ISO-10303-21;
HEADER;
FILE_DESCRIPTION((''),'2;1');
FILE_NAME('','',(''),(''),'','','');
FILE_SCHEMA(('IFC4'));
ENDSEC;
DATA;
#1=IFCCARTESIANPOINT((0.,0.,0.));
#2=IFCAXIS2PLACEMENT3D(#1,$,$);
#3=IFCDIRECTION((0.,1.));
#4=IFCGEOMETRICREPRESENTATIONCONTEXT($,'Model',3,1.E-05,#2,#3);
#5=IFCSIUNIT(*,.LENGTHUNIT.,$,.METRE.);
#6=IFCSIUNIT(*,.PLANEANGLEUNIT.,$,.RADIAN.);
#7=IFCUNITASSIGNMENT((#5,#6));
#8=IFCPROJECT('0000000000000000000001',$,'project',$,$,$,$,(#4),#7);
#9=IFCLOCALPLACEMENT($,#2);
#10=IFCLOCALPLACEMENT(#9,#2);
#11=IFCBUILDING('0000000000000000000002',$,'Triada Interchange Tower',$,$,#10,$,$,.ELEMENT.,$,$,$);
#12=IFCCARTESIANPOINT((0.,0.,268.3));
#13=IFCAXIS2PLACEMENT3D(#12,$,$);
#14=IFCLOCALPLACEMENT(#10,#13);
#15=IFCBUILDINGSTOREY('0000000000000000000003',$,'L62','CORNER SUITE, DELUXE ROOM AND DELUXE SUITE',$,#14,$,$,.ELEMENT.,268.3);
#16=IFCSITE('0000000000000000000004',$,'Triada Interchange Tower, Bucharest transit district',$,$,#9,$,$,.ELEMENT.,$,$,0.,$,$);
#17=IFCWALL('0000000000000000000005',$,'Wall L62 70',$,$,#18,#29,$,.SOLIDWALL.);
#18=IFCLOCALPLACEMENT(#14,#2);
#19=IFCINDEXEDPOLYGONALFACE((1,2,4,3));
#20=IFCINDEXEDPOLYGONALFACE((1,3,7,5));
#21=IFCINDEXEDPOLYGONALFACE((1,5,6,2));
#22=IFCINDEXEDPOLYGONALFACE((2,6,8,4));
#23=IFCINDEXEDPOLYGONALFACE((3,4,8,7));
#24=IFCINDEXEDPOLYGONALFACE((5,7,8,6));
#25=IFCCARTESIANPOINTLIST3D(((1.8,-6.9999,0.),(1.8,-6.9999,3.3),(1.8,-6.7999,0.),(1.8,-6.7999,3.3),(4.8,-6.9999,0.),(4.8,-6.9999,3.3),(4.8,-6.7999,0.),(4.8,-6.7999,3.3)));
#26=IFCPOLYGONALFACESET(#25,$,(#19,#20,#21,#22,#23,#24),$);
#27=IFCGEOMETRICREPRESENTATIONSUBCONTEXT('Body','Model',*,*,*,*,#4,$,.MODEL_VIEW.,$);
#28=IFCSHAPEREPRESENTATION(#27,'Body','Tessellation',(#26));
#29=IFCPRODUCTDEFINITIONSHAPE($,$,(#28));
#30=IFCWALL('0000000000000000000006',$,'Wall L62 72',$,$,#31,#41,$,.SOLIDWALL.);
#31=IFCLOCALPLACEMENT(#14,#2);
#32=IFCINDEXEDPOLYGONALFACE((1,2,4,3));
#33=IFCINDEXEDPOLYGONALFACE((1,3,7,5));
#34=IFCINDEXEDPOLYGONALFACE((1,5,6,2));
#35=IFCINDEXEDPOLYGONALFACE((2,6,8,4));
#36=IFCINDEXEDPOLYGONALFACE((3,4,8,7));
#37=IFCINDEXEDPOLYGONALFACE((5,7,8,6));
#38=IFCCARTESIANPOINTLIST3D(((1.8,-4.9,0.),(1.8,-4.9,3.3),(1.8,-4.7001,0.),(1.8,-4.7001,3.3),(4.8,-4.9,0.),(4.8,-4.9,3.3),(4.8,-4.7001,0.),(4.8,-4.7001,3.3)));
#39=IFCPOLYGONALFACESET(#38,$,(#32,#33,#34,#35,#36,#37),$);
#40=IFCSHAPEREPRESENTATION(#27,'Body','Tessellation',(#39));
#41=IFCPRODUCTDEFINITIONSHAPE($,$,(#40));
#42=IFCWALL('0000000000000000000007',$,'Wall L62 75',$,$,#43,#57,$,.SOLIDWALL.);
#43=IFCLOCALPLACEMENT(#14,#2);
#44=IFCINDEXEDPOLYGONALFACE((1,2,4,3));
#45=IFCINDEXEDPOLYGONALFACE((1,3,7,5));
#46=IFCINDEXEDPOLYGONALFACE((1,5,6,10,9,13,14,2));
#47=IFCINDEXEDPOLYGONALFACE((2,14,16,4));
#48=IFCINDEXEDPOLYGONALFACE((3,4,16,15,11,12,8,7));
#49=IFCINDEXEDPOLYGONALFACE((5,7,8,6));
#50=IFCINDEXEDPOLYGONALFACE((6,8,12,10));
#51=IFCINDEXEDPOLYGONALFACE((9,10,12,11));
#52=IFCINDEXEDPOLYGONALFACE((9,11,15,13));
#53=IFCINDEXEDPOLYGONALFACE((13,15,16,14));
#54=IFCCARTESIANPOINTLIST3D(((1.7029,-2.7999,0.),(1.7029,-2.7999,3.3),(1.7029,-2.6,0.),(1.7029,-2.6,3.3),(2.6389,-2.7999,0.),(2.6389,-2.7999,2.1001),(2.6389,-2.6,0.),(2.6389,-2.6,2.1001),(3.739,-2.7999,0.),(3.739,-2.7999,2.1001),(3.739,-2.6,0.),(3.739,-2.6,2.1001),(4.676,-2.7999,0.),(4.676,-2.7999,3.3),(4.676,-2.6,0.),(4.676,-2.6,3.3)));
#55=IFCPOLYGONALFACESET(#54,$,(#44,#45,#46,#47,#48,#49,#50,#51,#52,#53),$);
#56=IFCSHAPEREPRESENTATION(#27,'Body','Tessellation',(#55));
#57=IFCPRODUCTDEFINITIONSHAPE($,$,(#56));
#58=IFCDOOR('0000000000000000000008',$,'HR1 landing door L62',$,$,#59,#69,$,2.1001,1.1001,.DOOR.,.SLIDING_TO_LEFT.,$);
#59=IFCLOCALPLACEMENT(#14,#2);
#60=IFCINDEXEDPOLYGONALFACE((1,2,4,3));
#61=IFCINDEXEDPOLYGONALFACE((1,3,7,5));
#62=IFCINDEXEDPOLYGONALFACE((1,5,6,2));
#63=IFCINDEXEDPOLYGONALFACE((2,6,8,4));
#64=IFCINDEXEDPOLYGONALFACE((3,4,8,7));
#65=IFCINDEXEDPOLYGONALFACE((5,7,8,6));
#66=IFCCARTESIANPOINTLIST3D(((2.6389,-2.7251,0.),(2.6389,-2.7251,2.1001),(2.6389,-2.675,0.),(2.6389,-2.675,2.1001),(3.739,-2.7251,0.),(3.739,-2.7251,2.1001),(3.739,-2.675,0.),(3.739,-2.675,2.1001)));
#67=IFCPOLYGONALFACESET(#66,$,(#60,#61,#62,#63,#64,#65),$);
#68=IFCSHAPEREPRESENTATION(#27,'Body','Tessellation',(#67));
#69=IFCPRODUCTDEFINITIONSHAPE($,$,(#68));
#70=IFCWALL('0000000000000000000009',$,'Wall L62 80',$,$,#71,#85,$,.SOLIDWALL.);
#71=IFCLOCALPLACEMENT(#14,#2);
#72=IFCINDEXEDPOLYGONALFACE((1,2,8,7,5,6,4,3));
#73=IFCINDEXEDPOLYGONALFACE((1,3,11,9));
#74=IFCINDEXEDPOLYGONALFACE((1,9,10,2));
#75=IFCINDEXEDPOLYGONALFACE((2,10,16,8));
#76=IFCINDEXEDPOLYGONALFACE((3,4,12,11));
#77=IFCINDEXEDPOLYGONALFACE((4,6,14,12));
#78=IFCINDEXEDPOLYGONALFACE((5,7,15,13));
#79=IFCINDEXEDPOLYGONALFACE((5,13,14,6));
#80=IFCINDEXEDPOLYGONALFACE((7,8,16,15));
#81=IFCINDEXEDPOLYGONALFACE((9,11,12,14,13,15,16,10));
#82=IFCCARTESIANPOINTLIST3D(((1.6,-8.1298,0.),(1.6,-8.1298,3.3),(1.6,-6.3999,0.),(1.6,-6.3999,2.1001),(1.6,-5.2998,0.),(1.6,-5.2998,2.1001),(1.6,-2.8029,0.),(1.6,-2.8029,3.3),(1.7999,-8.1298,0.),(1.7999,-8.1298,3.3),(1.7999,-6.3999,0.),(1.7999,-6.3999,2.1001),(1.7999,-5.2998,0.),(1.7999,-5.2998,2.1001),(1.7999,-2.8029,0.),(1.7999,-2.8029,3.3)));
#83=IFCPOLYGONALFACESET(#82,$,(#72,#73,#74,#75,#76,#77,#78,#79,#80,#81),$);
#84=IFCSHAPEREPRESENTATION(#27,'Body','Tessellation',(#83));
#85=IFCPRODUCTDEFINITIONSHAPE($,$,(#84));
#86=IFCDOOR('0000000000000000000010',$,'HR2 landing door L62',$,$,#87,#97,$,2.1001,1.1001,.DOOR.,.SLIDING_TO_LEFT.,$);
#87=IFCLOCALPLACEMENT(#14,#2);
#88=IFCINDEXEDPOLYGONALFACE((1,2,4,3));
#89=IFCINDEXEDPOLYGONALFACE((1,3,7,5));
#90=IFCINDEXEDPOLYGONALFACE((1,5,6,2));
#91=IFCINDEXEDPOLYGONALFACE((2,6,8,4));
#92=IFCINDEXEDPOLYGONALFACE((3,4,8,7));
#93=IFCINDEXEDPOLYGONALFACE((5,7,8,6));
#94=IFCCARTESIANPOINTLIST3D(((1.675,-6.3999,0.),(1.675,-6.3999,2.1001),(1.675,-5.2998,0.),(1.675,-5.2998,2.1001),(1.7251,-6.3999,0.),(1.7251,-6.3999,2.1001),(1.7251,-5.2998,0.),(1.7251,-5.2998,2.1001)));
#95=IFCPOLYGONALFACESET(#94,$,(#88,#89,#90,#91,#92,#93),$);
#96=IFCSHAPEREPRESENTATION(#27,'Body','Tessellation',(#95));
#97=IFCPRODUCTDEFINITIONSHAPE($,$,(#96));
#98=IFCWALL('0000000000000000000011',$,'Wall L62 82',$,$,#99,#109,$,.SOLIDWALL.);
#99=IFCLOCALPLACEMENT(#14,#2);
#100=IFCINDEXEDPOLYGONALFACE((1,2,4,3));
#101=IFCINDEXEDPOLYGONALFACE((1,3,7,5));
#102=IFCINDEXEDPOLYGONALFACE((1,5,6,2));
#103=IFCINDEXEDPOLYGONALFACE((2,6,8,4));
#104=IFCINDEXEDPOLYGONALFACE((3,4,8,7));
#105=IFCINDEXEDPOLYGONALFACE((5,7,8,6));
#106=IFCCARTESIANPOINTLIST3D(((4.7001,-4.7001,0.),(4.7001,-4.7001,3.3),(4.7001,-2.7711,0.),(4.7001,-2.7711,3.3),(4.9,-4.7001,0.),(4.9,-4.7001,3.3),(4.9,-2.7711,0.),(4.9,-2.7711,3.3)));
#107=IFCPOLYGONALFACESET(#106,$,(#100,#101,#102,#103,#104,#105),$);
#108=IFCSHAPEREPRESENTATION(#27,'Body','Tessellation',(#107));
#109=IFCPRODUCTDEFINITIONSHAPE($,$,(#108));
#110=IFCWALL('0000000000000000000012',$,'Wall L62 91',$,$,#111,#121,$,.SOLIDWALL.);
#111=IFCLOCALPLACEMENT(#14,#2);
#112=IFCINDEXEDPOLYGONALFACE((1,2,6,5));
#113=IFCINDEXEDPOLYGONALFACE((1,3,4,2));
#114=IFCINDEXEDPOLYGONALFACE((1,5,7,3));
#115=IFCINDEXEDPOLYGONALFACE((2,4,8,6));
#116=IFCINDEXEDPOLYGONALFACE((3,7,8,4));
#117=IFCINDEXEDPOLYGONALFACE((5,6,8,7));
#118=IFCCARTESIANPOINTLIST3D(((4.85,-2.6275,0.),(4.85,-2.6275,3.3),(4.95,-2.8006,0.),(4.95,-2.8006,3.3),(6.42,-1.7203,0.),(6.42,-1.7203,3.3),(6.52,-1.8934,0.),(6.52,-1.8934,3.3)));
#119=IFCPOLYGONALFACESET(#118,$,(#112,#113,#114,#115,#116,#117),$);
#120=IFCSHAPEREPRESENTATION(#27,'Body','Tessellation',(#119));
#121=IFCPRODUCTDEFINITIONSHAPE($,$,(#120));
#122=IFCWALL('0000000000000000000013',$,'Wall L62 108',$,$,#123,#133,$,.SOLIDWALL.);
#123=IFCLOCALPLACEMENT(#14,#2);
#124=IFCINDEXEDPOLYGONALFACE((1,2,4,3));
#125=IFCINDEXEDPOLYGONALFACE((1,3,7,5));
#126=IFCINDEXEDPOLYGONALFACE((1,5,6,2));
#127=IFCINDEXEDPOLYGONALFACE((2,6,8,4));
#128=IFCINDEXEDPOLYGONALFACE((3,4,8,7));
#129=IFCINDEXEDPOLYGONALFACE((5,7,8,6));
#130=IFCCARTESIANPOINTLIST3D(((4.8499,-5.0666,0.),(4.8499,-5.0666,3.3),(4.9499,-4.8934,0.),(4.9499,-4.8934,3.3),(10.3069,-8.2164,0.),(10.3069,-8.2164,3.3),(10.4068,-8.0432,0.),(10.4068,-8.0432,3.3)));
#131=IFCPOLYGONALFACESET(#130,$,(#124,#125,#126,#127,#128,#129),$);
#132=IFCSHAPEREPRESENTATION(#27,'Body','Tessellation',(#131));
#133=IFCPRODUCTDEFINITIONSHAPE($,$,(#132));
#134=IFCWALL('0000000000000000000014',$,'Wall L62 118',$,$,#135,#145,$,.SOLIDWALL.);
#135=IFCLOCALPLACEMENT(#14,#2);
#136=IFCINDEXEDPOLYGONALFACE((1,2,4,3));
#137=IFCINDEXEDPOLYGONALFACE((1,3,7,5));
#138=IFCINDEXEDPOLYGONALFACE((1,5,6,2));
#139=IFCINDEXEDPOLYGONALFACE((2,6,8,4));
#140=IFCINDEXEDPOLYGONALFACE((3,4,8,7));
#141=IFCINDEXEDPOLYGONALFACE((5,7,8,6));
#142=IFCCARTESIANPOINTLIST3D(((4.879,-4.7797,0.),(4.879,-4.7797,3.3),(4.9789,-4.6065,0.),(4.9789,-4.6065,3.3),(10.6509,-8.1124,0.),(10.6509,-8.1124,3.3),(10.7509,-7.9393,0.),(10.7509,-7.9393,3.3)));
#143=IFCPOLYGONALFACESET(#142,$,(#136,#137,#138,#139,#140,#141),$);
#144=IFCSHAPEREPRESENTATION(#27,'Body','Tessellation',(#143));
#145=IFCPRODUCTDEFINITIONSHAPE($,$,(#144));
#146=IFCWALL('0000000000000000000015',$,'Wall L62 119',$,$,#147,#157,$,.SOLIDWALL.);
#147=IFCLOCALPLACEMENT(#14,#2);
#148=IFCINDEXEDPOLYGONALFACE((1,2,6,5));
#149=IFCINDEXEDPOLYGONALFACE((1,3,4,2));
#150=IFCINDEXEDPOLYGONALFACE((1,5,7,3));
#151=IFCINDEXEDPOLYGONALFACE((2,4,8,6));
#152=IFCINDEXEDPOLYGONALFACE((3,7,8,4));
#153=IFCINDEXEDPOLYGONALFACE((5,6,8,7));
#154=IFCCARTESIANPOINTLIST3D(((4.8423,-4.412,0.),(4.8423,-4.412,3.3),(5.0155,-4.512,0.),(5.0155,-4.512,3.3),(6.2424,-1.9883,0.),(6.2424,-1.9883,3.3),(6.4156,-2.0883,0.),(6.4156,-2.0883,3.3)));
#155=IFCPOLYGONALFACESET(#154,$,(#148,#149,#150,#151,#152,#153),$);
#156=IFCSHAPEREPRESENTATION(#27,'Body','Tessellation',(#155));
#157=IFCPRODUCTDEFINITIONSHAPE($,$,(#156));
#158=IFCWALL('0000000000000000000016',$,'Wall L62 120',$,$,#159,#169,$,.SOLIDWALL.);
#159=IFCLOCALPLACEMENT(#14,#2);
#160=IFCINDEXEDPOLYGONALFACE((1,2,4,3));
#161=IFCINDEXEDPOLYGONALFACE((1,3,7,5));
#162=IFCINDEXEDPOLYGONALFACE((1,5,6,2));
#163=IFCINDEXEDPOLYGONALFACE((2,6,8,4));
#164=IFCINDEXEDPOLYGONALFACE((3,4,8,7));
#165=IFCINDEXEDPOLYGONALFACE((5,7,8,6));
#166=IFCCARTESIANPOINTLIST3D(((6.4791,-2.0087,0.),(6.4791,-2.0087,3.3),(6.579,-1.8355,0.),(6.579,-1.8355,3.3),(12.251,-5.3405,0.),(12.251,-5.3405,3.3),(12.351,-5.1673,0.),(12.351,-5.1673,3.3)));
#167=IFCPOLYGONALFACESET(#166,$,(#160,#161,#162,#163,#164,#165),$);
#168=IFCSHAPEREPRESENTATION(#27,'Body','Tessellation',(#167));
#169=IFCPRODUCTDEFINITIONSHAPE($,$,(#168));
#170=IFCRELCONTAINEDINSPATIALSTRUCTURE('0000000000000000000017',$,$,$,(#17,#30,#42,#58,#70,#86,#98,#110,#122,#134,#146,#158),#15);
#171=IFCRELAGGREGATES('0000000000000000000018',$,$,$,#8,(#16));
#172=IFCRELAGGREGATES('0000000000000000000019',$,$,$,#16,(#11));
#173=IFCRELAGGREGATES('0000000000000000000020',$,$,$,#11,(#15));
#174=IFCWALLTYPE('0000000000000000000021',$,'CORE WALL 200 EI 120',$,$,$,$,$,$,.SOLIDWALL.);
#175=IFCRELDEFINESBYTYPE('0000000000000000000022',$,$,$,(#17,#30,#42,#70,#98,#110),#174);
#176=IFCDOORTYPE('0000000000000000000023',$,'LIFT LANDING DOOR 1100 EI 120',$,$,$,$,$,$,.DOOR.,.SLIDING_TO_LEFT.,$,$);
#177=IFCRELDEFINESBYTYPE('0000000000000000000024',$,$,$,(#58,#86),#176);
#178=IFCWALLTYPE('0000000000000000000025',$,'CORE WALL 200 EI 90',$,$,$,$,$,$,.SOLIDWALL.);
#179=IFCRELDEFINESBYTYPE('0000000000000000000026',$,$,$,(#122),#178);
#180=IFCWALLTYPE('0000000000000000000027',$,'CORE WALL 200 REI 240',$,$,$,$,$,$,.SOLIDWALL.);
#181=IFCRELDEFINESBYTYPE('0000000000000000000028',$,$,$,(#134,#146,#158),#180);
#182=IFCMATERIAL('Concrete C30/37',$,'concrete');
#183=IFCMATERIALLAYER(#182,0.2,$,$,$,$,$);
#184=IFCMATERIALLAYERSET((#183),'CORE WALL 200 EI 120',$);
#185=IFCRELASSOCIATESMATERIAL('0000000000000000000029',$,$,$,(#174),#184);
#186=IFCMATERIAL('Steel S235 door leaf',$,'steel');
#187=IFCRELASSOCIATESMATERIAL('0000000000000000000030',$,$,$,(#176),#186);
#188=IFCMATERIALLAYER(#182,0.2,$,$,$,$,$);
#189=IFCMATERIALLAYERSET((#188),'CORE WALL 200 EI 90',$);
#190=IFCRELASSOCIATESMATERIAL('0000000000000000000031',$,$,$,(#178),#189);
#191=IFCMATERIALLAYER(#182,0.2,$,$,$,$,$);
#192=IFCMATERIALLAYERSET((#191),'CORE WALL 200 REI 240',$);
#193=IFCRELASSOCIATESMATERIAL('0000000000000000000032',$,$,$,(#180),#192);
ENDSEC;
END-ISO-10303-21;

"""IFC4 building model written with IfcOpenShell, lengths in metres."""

from ifc_helpers import new_model, si_unit, direction, frame, frame_2d, origin, place, context, subcontext, project, spatial, rectangle, extrude, material, layer, layer_set, type_object, element, fill, save


model = new_model("IFC4")

# Units and contexts
model_context = context("Model", 3, precision=1e-05, world=origin(), true_north=direction((0.0, 1.0)))
body_context = subcontext(model_context, "Body", "Model", "MODEL_VIEW")
ifc_project = project(units=[si_unit("LENGTHUNIT", "METRE"), si_unit("PLANEANGLEUNIT", "RADIAN")], contexts=[model_context])

# Site, building, storey
site_placement = place(None, origin())
site = spatial("IfcSite", under=ifc_project, at=site_placement, Name="Triada Interchange Tower, Bucharest transit district", CompositionType="ELEMENT", RefElevation=0.0)
building_placement = place(site_placement, origin())
building = spatial("IfcBuilding", under=site, at=building_placement, Name="Triada Interchange Tower", CompositionType="ELEMENT")
storey_placement = place(building_placement, frame((0.0, 0.0, 268.3)))
storey = spatial("IfcBuildingStorey", under=building, at=storey_placement, Name="L62", Description="CORNER SUITE, DELUXE ROOM AND DELUXE SUITE", CompositionType="ELEMENT", Elevation=268.3)

# Walls
ifc_material_1 = material(Name="Concrete C30/37", Category="concrete")
ifc_layer_1 = layer(ifc_material_1, 0.2)
ifc_layer_set_1 = layer_set([ifc_layer_1], Name="CORE WALL 200 EI 120")
wall_type_1 = type_object("IfcWallType", Name="CORE WALL 200 EI 120", PredefinedType="SOLIDWALL", material=ifc_layer_set_1)
for number, where, z_axis, x_axis, name in (
    (1, (1.8, -6.8999, 0.0), (0.0, 0.0, 1.0), (1.0, 0.0, 0.0), "Wall L62 70"),
    (2, (1.8, -4.8, 0.0), (0.0, 0.0, 1.0), (1.0, 0.0, 0.0), "Wall L62 72"),
):
    element("IfcWall", number, at=place(storey_placement, frame(where, z_axis=z_axis, x_axis=x_axis)), inside=storey, type_object=wall_type_1, Name=name, PredefinedType="SOLIDWALL", context=body_context, shape_type="SweptSolid", body=[
        extrude(rectangle(XDim=3.0, YDim=0.2, at=frame_2d((1.5, 0.0))), origin(), (0.0, 0.0, 1.0), 3.3),
    ])

# Walls, openings, doors
wall_1_placement = place(storey_placement, frame((1.7029, -2.7, 0.0), z_axis=(0.0, 0.0, 1.0), x_axis=(1.0, 0.0, 0.0)))
wall_1 = element("IfcWall", 3, at=wall_1_placement, inside=storey, type_object=wall_type_1, Name="Wall L62 75", PredefinedType="SOLIDWALL", context=body_context, shape_type="SweptSolid", body=[
    extrude(rectangle(XDim=2.9731, YDim=0.2, at=frame_2d((1.4866, 0.0))), origin(), (0.0, 0.0, 1.0), 3.3),
])
opening_1_placement = place(wall_1_placement, frame((0.936, 0.0, 0.0)))
opening_1 = element("IfcOpeningElement", 4, at=opening_1_placement, cuts=wall_1, PredefinedType="OPENING", context=body_context, shape_type="SweptSolid", body=[
    extrude(rectangle(XDim=1.1001, YDim=2.1001, at=frame_2d((0.55, 1.05))), frame((0.0, 0.1099, 0.0), z_axis=(0.0, -1.0, 0.0), x_axis=(1.0, 0.0, 0.0)), (0.0, 0.0, 1.0), 0.22),
])
ifc_material_2 = material(Name="Steel S235 door leaf", Category="steel")
door_type_1 = type_object("IfcDoorType", Name="LIFT LANDING DOOR 1100 EI 120", OperationType="SLIDING_TO_LEFT", PredefinedType="DOOR", material=ifc_material_2)
door_1_placement = place(opening_1_placement, origin())
door_1 = element("IfcDoor", 5, at=door_1_placement, inside=storey, type_object=door_type_1, Name="HR1 landing door L62", OperationType="SLIDING_TO_LEFT", OverallHeight=2.1001, OverallWidth=1.1001, PredefinedType="DOOR", context=body_context, shape_type="SweptSolid", body=[
    extrude(rectangle(XDim=1.1001, YDim=2.1001, at=frame_2d((0.55, 1.05))), frame((0.0, 0.0249, 0.0), z_axis=(0.0, -1.0, 0.0), x_axis=(1.0, 0.0, 0.0)), (0.0, 0.0, 1.0), 0.05),
])
fill(opening_1, door_1)
wall_2_placement = place(storey_placement, frame((1.7, -8.1299, 0.0), z_axis=(0.0, 0.0, 1.0), x_axis=(0.0, 1.0, 0.0)))
wall_2 = element("IfcWall", 6, at=wall_2_placement, inside=storey, type_object=wall_type_1, Name="Wall L62 80", PredefinedType="SOLIDWALL", context=body_context, shape_type="SweptSolid", body=[
    extrude(rectangle(XDim=5.3269, YDim=0.2, at=frame_2d((2.6636, 0.0))), origin(), (0.0, 0.0, 1.0), 3.3),
])
opening_2_placement = place(wall_2_placement, frame((1.73, 0.0, 0.0)))
opening_2 = element("IfcOpeningElement", 7, at=opening_2_placement, cuts=wall_2, PredefinedType="OPENING", context=body_context, shape_type="SweptSolid", body=[
    extrude(rectangle(XDim=1.1001, YDim=2.1001, at=frame_2d((0.55, 1.05))), frame((0.0, 0.1099, 0.0), z_axis=(0.0, -1.0, 0.0), x_axis=(1.0, 0.0, 0.0)), (0.0, 0.0, 1.0), 0.22),
])
door_2_placement = place(opening_2_placement, origin())
door_2 = element("IfcDoor", 8, at=door_2_placement, inside=storey, type_object=door_type_1, Name="HR2 landing door L62", OperationType="SLIDING_TO_LEFT", OverallHeight=2.1001, OverallWidth=1.1001, PredefinedType="DOOR", context=body_context, shape_type="SweptSolid", body=[
    extrude(rectangle(XDim=1.1001, YDim=2.1001, at=frame_2d((0.55, 1.05))), frame((0.0, 0.0249, 0.0), z_axis=(0.0, -1.0, 0.0), x_axis=(1.0, 0.0, 0.0)), (0.0, 0.0, 1.0), 0.05),
])
fill(opening_2, door_2)

# Walls
wall_3_placement = place(storey_placement, frame((4.8, -4.7, 0.0), z_axis=(0.0, 0.0, 1.0), x_axis=(0.0, 1.0, 0.0)))
element("IfcWall", 9, at=wall_3_placement, inside=storey, type_object=wall_type_1, Name="Wall L62 82", PredefinedType="SOLIDWALL", context=body_context, shape_type="SweptSolid", body=[
    extrude(rectangle(XDim=1.929, YDim=0.2, at=frame_2d((0.9644, 0.0))), origin(), (0.0, 0.0, 1.0), 3.3),
])
wall_4_placement = place(storey_placement, frame((4.8999, -2.7141, 0.0), z_axis=(0.0, 0.0, 1.0), x_axis=(0.865847, 0.500309, 0.0)))
element("IfcWall", 10, at=wall_4_placement, inside=storey, type_object=wall_type_1, Name="Wall L62 91", PredefinedType="SOLIDWALL", context=body_context, shape_type="SweptSolid", body=[
    extrude(rectangle(XDim=1.8132, YDim=0.2, at=frame_2d((0.9067, 0.0))), origin(), (0.0, 0.0, 1.0), 3.3),
])
ifc_layer_2 = layer(ifc_material_1, 0.2)
ifc_layer_set_2 = layer_set([ifc_layer_2], Name="CORE WALL 200 EI 90")
wall_type_2 = type_object("IfcWallType", Name="CORE WALL 200 EI 90", PredefinedType="SOLIDWALL", material=ifc_layer_set_2)
wall_5_placement = place(storey_placement, frame((4.8999, -4.98, 0.0), z_axis=(0.0, 0.0, 1.0), x_axis=(0.866075, -0.499915, 0.0)))
element("IfcWall", 11, at=wall_5_placement, inside=storey, type_object=wall_type_2, Name="Wall L62 108", PredefinedType="SOLIDWALL", context=body_context, shape_type="SweptSolid", body=[
    extrude(rectangle(XDim=6.3008, YDim=0.2, at=frame_2d((3.1504, 0.0))), origin(), (0.0, 0.0, 1.0), 3.3),
])
ifc_layer_3 = layer(ifc_material_1, 0.2)
ifc_layer_set_3 = layer_set([ifc_layer_3], Name="CORE WALL 200 REI 240")
wall_type_3 = type_object("IfcWallType", Name="CORE WALL 200 REI 240", PredefinedType="SOLIDWALL", material=ifc_layer_set_3)
wall_6_placement = place(storey_placement, frame((4.929, -4.6931, 0.0), z_axis=(0.0, 0.0, 1.0), x_axis=(0.866005, -0.500035, 0.0)))
element("IfcWall", 12, at=wall_6_placement, inside=storey, type_object=wall_type_3, Name="Wall L62 118", PredefinedType="SOLIDWALL", context=body_context, shape_type="SweptSolid", body=[
    extrude(rectangle(XDim=6.665, YDim=0.2, at=frame_2d((3.3325, 0.0))), origin(), (0.0, 0.0, 1.0), 3.3),
])
wall_7_placement = place(storey_placement, frame((4.929, -4.4619, 0.0), z_axis=(0.0, 0.0, 1.0), x_axis=(0.500201, 0.86591, 0.0)))
element("IfcWall", 13, at=wall_7_placement, inside=storey, type_object=wall_type_3, Name="Wall L62 119", PredefinedType="SOLIDWALL", context=body_context, shape_type="SweptSolid", body=[
    extrude(rectangle(XDim=2.7991, YDim=0.2, at=frame_2d((1.3994, 0.0))), origin(), (0.0, 0.0, 1.0), 3.3),
])
wall_8_placement = place(storey_placement, frame((6.5291, -1.9221, 0.0), z_axis=(0.0, 0.0, 1.0), x_axis=(0.866068, -0.499925, 0.0)))
element("IfcWall", 14, at=wall_8_placement, inside=storey, type_object=wall_type_3, Name="Wall L62 120", PredefinedType="SOLIDWALL", context=body_context, shape_type="SweptSolid", body=[
    extrude(rectangle(XDim=6.6646, YDim=0.2, at=frame_2d((3.3323, 0.0))), origin(), (0.0, 0.0, 1.0), 3.3),
])

save(model, "model.ifc")
